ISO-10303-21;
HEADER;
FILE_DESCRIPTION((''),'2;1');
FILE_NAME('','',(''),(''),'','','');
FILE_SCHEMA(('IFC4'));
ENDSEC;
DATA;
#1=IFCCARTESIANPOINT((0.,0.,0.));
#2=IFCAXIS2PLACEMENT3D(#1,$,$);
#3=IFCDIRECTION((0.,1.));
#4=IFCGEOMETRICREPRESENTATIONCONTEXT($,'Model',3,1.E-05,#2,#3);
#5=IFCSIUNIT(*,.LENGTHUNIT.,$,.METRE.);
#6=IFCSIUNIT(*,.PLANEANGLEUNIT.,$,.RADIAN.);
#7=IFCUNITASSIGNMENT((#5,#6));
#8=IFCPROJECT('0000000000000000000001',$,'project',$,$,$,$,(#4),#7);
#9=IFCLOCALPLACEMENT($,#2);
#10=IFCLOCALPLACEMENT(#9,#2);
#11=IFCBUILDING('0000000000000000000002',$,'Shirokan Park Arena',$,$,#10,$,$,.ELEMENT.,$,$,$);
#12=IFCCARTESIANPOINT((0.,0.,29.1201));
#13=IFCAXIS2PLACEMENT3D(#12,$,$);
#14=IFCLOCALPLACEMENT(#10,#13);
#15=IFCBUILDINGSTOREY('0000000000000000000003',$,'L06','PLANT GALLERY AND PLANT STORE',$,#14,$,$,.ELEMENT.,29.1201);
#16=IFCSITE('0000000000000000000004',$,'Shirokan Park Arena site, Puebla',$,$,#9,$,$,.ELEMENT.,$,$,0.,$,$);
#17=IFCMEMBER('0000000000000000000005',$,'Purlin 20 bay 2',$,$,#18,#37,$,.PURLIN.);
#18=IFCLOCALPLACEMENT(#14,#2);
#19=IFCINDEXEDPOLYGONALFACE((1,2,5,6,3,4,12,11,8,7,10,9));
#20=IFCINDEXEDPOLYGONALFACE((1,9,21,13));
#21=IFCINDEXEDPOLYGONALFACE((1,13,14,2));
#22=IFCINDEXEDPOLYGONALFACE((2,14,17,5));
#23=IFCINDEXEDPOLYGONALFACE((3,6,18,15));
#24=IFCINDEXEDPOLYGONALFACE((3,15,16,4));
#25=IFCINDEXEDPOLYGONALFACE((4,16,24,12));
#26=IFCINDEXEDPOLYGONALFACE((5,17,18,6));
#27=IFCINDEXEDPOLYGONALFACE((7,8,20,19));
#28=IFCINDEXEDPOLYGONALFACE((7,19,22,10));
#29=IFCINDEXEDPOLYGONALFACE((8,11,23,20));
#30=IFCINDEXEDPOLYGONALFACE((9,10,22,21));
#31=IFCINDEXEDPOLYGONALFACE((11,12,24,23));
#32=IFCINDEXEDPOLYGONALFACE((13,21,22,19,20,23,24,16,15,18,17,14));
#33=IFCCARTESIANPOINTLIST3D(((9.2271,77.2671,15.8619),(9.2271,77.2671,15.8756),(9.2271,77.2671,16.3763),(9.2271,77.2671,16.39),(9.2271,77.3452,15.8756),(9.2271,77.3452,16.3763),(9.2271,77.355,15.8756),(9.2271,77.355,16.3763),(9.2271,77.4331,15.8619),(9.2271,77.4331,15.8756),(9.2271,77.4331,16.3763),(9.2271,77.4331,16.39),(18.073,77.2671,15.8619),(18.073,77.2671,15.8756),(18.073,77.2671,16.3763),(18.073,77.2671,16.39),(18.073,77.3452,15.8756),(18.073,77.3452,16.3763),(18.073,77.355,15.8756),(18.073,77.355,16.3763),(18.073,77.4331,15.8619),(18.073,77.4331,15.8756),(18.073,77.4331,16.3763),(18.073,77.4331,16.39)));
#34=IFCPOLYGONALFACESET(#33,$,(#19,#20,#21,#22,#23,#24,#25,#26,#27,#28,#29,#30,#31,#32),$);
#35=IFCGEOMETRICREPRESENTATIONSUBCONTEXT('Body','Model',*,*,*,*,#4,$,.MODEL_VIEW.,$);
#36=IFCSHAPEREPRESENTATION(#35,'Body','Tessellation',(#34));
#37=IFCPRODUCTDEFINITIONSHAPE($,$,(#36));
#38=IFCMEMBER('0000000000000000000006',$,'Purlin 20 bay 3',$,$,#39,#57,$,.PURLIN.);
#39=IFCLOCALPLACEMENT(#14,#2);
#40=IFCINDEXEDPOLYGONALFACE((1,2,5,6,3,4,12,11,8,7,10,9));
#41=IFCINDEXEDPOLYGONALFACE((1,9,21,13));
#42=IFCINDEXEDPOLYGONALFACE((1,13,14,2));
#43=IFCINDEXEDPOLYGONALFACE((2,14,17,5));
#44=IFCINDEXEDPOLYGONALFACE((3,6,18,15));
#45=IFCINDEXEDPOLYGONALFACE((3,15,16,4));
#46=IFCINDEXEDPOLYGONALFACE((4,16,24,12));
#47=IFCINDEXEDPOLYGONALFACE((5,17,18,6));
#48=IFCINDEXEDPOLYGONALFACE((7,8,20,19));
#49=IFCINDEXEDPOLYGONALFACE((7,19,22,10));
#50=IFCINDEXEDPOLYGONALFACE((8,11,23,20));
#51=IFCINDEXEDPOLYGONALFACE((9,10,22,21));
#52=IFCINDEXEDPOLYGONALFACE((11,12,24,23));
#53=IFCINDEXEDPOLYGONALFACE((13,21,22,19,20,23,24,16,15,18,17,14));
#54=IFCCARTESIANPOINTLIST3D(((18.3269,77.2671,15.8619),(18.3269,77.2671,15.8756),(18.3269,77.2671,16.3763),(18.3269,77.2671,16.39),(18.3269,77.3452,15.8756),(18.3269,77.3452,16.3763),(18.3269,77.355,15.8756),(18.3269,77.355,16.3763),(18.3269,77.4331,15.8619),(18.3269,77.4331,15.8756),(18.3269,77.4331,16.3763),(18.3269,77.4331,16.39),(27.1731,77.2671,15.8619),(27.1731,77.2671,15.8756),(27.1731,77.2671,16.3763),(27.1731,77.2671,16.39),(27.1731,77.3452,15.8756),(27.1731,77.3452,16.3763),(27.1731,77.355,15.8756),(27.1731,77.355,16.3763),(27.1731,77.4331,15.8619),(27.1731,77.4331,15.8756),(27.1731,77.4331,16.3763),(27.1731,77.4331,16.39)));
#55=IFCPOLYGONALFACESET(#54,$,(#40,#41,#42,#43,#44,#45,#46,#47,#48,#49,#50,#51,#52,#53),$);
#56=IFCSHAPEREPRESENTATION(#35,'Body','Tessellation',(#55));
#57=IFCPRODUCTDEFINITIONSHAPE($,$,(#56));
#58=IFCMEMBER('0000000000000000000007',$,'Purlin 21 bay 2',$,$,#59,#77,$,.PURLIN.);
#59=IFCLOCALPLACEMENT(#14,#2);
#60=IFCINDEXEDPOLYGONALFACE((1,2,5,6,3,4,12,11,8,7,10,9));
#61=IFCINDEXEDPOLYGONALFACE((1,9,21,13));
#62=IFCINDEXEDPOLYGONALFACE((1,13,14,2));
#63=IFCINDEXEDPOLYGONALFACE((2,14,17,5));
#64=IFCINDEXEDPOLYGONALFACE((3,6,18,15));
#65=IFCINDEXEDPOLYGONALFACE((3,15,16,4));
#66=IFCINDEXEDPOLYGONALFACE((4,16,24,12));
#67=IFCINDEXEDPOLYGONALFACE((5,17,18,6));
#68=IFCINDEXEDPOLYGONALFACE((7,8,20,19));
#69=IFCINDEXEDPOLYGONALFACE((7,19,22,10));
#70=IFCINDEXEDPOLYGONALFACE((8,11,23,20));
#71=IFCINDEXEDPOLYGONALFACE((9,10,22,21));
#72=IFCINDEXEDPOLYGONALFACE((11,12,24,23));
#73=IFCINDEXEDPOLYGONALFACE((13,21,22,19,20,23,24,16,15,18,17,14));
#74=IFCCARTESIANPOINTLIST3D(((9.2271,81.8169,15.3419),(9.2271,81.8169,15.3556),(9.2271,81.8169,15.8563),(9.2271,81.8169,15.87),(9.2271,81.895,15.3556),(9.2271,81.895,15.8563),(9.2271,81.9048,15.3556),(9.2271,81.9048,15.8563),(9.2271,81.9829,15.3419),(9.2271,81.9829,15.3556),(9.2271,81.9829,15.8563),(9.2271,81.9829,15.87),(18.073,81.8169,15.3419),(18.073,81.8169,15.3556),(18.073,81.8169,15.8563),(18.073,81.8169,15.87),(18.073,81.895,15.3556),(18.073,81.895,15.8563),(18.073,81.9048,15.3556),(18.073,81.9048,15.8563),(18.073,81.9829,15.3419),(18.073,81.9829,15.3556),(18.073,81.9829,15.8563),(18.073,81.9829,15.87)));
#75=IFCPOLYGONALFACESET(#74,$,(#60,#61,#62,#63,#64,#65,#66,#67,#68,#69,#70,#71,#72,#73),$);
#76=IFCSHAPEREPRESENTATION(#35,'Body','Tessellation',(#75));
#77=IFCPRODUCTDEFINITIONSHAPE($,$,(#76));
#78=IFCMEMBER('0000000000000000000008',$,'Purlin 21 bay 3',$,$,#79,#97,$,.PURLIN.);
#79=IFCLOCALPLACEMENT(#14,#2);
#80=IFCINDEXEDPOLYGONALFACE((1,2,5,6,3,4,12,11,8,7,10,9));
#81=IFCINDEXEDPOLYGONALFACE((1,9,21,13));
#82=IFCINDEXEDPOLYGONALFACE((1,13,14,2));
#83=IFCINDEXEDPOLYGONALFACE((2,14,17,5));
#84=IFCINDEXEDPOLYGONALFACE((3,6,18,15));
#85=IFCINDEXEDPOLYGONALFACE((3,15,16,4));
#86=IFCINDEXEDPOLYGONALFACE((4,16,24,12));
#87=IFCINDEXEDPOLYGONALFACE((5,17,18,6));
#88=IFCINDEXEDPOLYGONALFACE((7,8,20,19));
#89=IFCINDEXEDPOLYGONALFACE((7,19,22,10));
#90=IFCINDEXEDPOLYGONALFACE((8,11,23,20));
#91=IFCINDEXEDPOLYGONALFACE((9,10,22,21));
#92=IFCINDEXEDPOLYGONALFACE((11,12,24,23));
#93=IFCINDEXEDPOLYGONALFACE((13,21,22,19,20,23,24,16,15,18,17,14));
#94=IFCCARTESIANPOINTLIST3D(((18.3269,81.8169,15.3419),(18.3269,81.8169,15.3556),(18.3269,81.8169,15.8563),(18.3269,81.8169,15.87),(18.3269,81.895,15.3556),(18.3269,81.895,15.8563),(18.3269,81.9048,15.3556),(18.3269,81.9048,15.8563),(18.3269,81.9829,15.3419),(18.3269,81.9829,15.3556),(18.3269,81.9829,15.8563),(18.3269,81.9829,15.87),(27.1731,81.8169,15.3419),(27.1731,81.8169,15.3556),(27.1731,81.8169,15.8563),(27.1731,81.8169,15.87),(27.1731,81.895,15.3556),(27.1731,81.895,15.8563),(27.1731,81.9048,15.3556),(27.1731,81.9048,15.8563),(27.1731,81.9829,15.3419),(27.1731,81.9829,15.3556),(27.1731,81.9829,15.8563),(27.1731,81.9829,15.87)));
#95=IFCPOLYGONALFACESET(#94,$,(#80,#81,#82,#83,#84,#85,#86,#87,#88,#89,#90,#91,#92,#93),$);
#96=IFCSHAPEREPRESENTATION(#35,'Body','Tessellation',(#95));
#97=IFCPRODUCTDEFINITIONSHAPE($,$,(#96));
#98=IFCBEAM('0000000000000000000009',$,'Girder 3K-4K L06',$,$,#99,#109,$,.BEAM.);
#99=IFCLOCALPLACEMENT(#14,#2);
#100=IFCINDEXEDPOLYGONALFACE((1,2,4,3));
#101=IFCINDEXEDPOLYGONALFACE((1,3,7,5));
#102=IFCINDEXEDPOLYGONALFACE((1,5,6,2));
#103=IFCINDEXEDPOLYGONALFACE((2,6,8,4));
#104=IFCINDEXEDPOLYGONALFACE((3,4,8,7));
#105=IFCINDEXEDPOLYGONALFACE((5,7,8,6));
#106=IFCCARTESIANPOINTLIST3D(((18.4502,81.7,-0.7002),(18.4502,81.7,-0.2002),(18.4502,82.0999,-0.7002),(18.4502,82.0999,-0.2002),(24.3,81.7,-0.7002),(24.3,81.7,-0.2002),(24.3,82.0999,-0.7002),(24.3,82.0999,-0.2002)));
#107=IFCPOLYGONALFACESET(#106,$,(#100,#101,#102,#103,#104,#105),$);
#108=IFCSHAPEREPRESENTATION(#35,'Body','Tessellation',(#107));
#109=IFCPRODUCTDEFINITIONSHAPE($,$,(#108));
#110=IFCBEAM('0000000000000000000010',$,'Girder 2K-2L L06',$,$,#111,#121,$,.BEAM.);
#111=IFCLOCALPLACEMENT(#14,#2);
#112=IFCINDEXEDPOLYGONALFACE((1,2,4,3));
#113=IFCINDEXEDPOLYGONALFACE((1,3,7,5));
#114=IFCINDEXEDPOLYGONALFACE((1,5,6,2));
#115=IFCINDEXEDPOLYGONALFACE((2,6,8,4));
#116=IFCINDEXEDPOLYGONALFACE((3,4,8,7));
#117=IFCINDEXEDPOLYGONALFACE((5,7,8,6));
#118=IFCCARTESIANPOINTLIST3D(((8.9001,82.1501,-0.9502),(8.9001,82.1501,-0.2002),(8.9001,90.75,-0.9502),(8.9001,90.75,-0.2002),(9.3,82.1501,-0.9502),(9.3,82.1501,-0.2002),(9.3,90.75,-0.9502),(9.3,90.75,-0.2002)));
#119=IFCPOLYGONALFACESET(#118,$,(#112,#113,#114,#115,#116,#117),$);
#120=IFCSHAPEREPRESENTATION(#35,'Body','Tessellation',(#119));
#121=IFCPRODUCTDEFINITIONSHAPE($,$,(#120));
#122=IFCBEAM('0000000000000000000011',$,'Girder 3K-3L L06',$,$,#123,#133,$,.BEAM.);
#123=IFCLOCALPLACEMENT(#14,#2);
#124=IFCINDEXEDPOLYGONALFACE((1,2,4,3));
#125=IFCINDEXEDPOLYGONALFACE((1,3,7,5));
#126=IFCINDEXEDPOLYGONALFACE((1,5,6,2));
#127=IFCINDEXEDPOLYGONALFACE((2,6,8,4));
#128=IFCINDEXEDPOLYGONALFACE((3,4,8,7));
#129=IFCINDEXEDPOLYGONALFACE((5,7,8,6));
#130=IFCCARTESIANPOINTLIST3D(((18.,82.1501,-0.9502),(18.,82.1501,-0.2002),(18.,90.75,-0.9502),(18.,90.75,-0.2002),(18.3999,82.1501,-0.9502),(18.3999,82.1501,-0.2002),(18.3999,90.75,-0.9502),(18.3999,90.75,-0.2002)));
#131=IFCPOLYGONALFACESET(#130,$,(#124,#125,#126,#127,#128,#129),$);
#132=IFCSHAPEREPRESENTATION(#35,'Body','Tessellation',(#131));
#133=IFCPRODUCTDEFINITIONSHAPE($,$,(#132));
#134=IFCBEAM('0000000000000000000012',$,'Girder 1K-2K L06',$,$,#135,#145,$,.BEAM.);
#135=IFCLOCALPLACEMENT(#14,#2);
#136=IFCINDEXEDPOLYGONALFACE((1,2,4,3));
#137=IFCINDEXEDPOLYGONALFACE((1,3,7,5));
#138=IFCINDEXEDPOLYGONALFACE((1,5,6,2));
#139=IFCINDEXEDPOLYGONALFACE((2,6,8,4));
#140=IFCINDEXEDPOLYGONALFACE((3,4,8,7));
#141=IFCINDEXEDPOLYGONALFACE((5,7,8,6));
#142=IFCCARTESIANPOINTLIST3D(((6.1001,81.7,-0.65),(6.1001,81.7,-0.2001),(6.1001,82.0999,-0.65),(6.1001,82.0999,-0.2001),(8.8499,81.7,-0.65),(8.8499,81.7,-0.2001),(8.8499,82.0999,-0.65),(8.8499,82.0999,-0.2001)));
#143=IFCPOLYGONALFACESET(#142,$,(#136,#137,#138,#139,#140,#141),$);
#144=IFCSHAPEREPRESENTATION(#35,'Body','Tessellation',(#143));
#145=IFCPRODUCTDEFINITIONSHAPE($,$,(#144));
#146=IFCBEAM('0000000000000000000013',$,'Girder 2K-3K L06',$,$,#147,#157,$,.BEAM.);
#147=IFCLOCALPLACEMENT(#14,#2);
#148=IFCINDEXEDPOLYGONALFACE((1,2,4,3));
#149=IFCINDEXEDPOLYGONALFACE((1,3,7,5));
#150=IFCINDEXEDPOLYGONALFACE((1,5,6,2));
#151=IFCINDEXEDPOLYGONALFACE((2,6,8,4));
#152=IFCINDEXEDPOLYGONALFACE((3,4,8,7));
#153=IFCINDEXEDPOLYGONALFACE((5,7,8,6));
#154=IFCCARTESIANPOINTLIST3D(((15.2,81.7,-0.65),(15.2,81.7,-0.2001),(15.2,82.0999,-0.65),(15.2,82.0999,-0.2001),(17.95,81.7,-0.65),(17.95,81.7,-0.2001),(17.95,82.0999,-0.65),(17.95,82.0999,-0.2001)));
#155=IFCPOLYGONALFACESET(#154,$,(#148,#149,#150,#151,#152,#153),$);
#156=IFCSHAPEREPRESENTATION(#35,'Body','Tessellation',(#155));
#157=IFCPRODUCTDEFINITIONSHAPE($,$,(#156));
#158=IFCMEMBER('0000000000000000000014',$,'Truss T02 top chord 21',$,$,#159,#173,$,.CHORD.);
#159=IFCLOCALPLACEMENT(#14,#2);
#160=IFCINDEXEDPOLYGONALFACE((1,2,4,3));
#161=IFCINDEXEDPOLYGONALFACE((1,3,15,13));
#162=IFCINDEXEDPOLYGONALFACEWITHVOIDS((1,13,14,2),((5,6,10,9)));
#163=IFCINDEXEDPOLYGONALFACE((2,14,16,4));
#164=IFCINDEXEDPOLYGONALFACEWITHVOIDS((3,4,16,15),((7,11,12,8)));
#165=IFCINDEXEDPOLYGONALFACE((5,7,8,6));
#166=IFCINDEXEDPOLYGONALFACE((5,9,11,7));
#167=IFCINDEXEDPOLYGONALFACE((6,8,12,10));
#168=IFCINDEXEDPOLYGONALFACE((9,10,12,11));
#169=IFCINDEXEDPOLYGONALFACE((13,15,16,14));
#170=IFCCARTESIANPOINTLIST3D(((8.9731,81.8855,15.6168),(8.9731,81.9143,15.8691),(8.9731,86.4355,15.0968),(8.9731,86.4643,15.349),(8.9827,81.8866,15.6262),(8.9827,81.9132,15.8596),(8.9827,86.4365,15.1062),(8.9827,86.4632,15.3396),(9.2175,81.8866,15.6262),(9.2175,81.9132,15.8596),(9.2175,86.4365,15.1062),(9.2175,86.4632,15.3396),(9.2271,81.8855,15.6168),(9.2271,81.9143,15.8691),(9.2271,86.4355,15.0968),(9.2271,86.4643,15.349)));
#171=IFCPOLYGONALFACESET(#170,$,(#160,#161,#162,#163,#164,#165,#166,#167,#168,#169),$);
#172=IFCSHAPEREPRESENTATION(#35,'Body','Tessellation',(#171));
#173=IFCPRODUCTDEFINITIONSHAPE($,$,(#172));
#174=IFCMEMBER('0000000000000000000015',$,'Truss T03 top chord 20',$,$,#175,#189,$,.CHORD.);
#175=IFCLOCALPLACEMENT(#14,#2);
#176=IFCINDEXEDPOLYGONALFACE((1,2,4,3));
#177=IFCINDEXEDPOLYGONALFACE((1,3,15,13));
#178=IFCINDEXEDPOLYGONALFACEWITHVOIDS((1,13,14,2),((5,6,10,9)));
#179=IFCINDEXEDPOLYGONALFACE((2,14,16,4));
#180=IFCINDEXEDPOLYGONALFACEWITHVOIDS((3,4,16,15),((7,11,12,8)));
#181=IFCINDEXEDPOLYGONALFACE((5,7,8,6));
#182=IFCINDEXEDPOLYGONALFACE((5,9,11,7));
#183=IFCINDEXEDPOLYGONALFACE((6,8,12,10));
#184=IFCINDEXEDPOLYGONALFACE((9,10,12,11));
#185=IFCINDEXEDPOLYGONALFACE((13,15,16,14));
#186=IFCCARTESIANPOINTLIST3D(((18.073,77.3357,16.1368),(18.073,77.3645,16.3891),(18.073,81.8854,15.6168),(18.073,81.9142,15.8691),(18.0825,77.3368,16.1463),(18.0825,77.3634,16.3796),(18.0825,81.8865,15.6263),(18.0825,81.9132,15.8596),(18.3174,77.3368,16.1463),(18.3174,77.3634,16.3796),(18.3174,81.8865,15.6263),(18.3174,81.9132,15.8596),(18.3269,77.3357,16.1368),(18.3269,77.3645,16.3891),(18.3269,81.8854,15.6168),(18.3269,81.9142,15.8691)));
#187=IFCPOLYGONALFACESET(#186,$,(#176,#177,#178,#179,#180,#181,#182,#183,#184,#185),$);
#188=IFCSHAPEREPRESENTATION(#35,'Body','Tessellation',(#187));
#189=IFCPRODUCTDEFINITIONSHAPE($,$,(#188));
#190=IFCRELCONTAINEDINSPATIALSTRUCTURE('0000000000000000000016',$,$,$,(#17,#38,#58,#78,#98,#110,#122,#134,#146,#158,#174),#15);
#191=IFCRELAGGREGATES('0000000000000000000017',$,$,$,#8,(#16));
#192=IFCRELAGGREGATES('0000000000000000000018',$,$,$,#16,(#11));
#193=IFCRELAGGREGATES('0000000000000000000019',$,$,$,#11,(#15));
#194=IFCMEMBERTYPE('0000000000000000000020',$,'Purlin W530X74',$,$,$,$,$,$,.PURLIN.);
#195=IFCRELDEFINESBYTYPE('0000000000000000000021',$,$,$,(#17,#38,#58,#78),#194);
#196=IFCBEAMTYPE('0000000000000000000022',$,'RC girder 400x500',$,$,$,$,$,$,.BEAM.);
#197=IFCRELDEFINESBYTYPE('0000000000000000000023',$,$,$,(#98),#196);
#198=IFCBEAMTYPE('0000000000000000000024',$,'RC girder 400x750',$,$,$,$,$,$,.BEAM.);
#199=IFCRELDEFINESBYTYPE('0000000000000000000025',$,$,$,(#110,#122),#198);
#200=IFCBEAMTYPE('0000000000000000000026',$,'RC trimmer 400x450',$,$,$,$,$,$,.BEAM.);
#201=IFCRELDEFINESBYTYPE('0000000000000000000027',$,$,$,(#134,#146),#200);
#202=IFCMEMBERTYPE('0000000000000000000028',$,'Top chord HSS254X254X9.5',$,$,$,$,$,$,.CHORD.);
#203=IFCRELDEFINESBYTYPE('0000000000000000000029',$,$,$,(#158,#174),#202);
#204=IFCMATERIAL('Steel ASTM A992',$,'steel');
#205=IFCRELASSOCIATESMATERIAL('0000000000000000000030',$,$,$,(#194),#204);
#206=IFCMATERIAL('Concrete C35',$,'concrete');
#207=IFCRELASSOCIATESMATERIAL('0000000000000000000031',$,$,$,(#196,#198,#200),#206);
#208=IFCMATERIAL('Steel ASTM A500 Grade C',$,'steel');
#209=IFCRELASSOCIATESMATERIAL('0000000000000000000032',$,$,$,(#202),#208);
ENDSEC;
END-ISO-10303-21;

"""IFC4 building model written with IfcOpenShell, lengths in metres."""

from ifc_helpers import new_model, si_unit, direction, frame, origin, origin_2d, place, context, subcontext, project, spatial, rectangle, hollow_rectangle, i_section, extrude, material, material_profile, profile_set, type_object, element, save


model = new_model("IFC4")

# Units and contexts
model_context = context("Model", 3, precision=1e-05, world=origin(), true_north=direction((0.0, 1.0)))
body_context = subcontext(model_context, "Body", "Model", "MODEL_VIEW")
ifc_project = project(units=[si_unit("LENGTHUNIT", "METRE"), si_unit("PLANEANGLEUNIT", "RADIAN")], contexts=[model_context])

# Site, building, storey
site_placement = place(None, origin())
site = spatial("IfcSite", under=ifc_project, at=site_placement, Name="Shirokan Park Arena site, Puebla", CompositionType="ELEMENT", RefElevation=0.0)
building_placement = place(site_placement, origin())
building = spatial("IfcBuilding", under=site, at=building_placement, Name="Shirokan Park Arena", CompositionType="ELEMENT")
storey_placement = place(building_placement, frame((0.0, 0.0, 29.1201)))
storey = spatial("IfcBuildingStorey", under=building, at=storey_placement, Name="L06", Description="PLANT GALLERY AND PLANT STORE", CompositionType="ELEMENT", Elevation=29.1201)

# Shared definitions
ifc_material_1 = material(Name="Concrete C35", Category="concrete")

# Members
ifc_material_2 = material(Name="Steel ASTM A500 Grade C", Category="steel")
ifc_material_3 = material(Name="Steel ASTM A992", Category="steel")
ifc_material_profile_1 = material_profile(ifc_material_3, i_section(OverallWidth=0.166, OverallDepth=0.5281, WebThickness=0.0098, FlangeThickness=0.0137, at=origin_2d()), Name="W530X74")
ifc_profile_set_1 = profile_set([ifc_material_profile_1], Name="Steel ASTM A992")
member_type_1 = type_object("IfcMemberType", Name="Purlin W530X74", PredefinedType="PURLIN", material=ifc_profile_set_1)
member_1_placement = place(storey_placement, frame((9.2271, 77.3501, 16.126), z_axis=(1.0, 0.0, 0.0), x_axis=(0.0, 1.0, 0.0)))
element("IfcMember", 1, at=member_1_placement, inside=storey, type_object=member_type_1, Name="Purlin 20 bay 2", PredefinedType="PURLIN", context=body_context, shape_type="SweptSolid", body=[
    extrude(i_section(OverallWidth=0.166, OverallDepth=0.5281, WebThickness=0.0098, FlangeThickness=0.0137, at=origin_2d()), origin(), (0.0, 0.0, 1.0), 8.8459),
])
member_2_placement = place(storey_placement, frame((18.3269, 77.3501, 16.126), z_axis=(1.0, 0.0, 0.0), x_axis=(0.0, 1.0, 0.0)))
element("IfcMember", 2, at=member_2_placement, inside=storey, type_object=member_type_1, Name="Purlin 20 bay 3", PredefinedType="PURLIN", context=body_context, shape_type="SweptSolid", body=[
    extrude(i_section(OverallWidth=0.166, OverallDepth=0.5281, WebThickness=0.0098, FlangeThickness=0.0137, at=origin_2d()), origin(), (0.0, 0.0, 1.0), 8.8462),
])
member_3_placement = place(storey_placement, frame((9.2271, 81.8999, 15.606), z_axis=(1.0, 0.0, 0.0), x_axis=(0.0, 1.0, 0.0)))
element("IfcMember", 3, at=member_3_placement, inside=storey, type_object=member_type_1, Name="Purlin 21 bay 2", PredefinedType="PURLIN", context=body_context, shape_type="SweptSolid", body=[
    extrude(i_section(OverallWidth=0.166, OverallDepth=0.5281, WebThickness=0.0098, FlangeThickness=0.0137, at=origin_2d()), origin(), (0.0, 0.0, 1.0), 8.8459),
])
member_4_placement = place(storey_placement, frame((18.3269, 81.8999, 15.606), z_axis=(1.0, 0.0, 0.0), x_axis=(0.0, 1.0, 0.0)))
element("IfcMember", 4, at=member_4_placement, inside=storey, type_object=member_type_1, Name="Purlin 21 bay 3", PredefinedType="PURLIN", context=body_context, shape_type="SweptSolid", body=[
    extrude(i_section(OverallWidth=0.166, OverallDepth=0.5281, WebThickness=0.0098, FlangeThickness=0.0137, at=origin_2d()), origin(), (0.0, 0.0, 1.0), 8.8462),
])

# Beams
ifc_material_profile_2 = material_profile(ifc_material_1, rectangle(XDim=0.3999, YDim=0.5, at=origin_2d()), Name="400x500")
ifc_profile_set_2 = profile_set([ifc_material_profile_2], Name="Concrete C35")
beam_type_1 = type_object("IfcBeamType", Name="RC girder 400x500", PredefinedType="BEAM", material=ifc_profile_set_2)
beam_1_placement = place(storey_placement, frame((18.4502, 81.8999, -0.4502), z_axis=(1.0, 0.0, 0.0), x_axis=(0.0, 1.0, 0.0)))
element("IfcBeam", 5, at=beam_1_placement, inside=storey, type_object=beam_type_1, Name="Girder 3K-4K L06", PredefinedType="BEAM", context=body_context, shape_type="SweptSolid", body=[
    extrude(rectangle(XDim=0.3999, YDim=0.5, at=origin_2d()), origin(), (0.0, 0.0, 1.0), 5.8499),
])
ifc_material_profile_3 = material_profile(ifc_material_1, rectangle(XDim=0.3999, YDim=0.75, at=origin_2d()), Name="400x750")
ifc_profile_set_3 = profile_set([ifc_material_profile_3], Name="Concrete C35")
beam_type_2 = type_object("IfcBeamType", Name="RC girder 400x750", PredefinedType="BEAM", material=ifc_profile_set_3)
for number, where, z_axis, x_axis, name in (
    (6, (9.1001, 82.1501, -0.5752), (0.0, 1.0, 0.0), (-1.0, 0.0, 0.0), "Girder 2K-2L L06"),
    (7, (18.2, 82.1501, -0.5752), (0.0, 1.0, 0.0), (-1.0, 0.0, 0.0), "Girder 3K-3L L06"),
):
    element("IfcBeam", number, at=place(storey_placement, frame(where, z_axis=z_axis, x_axis=x_axis)), inside=storey, type_object=beam_type_2, Name=name, PredefinedType="BEAM", context=body_context, shape_type="SweptSolid", body=[
        extrude(rectangle(XDim=0.3999, YDim=0.75, at=origin_2d()), origin(), (0.0, 0.0, 1.0), 8.5999),
    ])
ifc_material_profile_4 = material_profile(ifc_material_1, rectangle(XDim=0.3999, YDim=0.45, at=origin_2d()), Name="400x450")
ifc_profile_set_4 = profile_set([ifc_material_profile_4], Name="Concrete C35")
beam_type_3 = type_object("IfcBeamType", Name="RC trimmer 400x450", PredefinedType="BEAM", material=ifc_profile_set_4)
beam_2_placement = place(storey_placement, frame((6.1001, 81.8999, -0.425), z_axis=(1.0, 0.0, 0.0), x_axis=(0.0, 1.0, 0.0)))
element("IfcBeam", 8, at=beam_2_placement, inside=storey, type_object=beam_type_3, Name="Girder 1K-2K L06", PredefinedType="BEAM", context=body_context, shape_type="SweptSolid", body=[
    extrude(rectangle(XDim=0.3999, YDim=0.45, at=origin_2d()), origin(), (0.0, 0.0, 1.0), 2.7498),
])
beam_3_placement = place(storey_placement, frame((15.2, 81.8999, -0.425), z_axis=(1.0, 0.0, 0.0), x_axis=(0.0, 1.0, 0.0)))
element("IfcBeam", 9, at=beam_3_placement, inside=storey, type_object=beam_type_3, Name="Girder 2K-3K L06", PredefinedType="BEAM", context=body_context, shape_type="SweptSolid", body=[
    extrude(rectangle(XDim=0.3999, YDim=0.45, at=origin_2d()), origin(), (0.0, 0.0, 1.0), 2.75),
])

# Members
ifc_material_profile_5 = material_profile(ifc_material_2, hollow_rectangle(XDim=0.2539, YDim=0.2539, WallThickness=0.0095, at=origin_2d()), Name="HSS254X254X9.5")
ifc_profile_set_5 = profile_set([ifc_material_profile_5], Name="Steel ASTM A500 Grade C")
member_type_2 = type_object("IfcMemberType", Name="Top chord HSS254X254X9.5", PredefinedType="CHORD", material=ifc_profile_set_5)
member_5_placement = place(storey_placement, frame((9.1001, 81.8999, 15.7429), z_axis=(0.0, 0.993532, -0.11355), x_axis=(-1.0, 0.0, 0.0)))
element("IfcMember", 10, at=member_5_placement, inside=storey, type_object=member_type_2, Name="Truss T02 top chord 21", PredefinedType="CHORD", context=body_context, shape_type="SweptSolid", body=[
    extrude(hollow_rectangle(XDim=0.2539, YDim=0.2539, WallThickness=0.0095, at=origin_2d()), origin(), (0.0, 0.0, 1.0), 4.5796),
])
member_6_placement = place(storey_placement, frame((18.2, 77.3501, 16.2629), z_axis=(0.0, 0.993532, -0.113556), x_axis=(-1.0, 0.0, 0.0)))
element("IfcMember", 11, at=member_6_placement, inside=storey, type_object=member_type_2, Name="Truss T03 top chord 20", PredefinedType="CHORD", context=body_context, shape_type="SweptSolid", body=[
    extrude(hollow_rectangle(XDim=0.2539, YDim=0.2539, WallThickness=0.0095, at=origin_2d()), origin(), (0.0, 0.0, 1.0), 4.5793),
])

save(model, "model.ifc")
